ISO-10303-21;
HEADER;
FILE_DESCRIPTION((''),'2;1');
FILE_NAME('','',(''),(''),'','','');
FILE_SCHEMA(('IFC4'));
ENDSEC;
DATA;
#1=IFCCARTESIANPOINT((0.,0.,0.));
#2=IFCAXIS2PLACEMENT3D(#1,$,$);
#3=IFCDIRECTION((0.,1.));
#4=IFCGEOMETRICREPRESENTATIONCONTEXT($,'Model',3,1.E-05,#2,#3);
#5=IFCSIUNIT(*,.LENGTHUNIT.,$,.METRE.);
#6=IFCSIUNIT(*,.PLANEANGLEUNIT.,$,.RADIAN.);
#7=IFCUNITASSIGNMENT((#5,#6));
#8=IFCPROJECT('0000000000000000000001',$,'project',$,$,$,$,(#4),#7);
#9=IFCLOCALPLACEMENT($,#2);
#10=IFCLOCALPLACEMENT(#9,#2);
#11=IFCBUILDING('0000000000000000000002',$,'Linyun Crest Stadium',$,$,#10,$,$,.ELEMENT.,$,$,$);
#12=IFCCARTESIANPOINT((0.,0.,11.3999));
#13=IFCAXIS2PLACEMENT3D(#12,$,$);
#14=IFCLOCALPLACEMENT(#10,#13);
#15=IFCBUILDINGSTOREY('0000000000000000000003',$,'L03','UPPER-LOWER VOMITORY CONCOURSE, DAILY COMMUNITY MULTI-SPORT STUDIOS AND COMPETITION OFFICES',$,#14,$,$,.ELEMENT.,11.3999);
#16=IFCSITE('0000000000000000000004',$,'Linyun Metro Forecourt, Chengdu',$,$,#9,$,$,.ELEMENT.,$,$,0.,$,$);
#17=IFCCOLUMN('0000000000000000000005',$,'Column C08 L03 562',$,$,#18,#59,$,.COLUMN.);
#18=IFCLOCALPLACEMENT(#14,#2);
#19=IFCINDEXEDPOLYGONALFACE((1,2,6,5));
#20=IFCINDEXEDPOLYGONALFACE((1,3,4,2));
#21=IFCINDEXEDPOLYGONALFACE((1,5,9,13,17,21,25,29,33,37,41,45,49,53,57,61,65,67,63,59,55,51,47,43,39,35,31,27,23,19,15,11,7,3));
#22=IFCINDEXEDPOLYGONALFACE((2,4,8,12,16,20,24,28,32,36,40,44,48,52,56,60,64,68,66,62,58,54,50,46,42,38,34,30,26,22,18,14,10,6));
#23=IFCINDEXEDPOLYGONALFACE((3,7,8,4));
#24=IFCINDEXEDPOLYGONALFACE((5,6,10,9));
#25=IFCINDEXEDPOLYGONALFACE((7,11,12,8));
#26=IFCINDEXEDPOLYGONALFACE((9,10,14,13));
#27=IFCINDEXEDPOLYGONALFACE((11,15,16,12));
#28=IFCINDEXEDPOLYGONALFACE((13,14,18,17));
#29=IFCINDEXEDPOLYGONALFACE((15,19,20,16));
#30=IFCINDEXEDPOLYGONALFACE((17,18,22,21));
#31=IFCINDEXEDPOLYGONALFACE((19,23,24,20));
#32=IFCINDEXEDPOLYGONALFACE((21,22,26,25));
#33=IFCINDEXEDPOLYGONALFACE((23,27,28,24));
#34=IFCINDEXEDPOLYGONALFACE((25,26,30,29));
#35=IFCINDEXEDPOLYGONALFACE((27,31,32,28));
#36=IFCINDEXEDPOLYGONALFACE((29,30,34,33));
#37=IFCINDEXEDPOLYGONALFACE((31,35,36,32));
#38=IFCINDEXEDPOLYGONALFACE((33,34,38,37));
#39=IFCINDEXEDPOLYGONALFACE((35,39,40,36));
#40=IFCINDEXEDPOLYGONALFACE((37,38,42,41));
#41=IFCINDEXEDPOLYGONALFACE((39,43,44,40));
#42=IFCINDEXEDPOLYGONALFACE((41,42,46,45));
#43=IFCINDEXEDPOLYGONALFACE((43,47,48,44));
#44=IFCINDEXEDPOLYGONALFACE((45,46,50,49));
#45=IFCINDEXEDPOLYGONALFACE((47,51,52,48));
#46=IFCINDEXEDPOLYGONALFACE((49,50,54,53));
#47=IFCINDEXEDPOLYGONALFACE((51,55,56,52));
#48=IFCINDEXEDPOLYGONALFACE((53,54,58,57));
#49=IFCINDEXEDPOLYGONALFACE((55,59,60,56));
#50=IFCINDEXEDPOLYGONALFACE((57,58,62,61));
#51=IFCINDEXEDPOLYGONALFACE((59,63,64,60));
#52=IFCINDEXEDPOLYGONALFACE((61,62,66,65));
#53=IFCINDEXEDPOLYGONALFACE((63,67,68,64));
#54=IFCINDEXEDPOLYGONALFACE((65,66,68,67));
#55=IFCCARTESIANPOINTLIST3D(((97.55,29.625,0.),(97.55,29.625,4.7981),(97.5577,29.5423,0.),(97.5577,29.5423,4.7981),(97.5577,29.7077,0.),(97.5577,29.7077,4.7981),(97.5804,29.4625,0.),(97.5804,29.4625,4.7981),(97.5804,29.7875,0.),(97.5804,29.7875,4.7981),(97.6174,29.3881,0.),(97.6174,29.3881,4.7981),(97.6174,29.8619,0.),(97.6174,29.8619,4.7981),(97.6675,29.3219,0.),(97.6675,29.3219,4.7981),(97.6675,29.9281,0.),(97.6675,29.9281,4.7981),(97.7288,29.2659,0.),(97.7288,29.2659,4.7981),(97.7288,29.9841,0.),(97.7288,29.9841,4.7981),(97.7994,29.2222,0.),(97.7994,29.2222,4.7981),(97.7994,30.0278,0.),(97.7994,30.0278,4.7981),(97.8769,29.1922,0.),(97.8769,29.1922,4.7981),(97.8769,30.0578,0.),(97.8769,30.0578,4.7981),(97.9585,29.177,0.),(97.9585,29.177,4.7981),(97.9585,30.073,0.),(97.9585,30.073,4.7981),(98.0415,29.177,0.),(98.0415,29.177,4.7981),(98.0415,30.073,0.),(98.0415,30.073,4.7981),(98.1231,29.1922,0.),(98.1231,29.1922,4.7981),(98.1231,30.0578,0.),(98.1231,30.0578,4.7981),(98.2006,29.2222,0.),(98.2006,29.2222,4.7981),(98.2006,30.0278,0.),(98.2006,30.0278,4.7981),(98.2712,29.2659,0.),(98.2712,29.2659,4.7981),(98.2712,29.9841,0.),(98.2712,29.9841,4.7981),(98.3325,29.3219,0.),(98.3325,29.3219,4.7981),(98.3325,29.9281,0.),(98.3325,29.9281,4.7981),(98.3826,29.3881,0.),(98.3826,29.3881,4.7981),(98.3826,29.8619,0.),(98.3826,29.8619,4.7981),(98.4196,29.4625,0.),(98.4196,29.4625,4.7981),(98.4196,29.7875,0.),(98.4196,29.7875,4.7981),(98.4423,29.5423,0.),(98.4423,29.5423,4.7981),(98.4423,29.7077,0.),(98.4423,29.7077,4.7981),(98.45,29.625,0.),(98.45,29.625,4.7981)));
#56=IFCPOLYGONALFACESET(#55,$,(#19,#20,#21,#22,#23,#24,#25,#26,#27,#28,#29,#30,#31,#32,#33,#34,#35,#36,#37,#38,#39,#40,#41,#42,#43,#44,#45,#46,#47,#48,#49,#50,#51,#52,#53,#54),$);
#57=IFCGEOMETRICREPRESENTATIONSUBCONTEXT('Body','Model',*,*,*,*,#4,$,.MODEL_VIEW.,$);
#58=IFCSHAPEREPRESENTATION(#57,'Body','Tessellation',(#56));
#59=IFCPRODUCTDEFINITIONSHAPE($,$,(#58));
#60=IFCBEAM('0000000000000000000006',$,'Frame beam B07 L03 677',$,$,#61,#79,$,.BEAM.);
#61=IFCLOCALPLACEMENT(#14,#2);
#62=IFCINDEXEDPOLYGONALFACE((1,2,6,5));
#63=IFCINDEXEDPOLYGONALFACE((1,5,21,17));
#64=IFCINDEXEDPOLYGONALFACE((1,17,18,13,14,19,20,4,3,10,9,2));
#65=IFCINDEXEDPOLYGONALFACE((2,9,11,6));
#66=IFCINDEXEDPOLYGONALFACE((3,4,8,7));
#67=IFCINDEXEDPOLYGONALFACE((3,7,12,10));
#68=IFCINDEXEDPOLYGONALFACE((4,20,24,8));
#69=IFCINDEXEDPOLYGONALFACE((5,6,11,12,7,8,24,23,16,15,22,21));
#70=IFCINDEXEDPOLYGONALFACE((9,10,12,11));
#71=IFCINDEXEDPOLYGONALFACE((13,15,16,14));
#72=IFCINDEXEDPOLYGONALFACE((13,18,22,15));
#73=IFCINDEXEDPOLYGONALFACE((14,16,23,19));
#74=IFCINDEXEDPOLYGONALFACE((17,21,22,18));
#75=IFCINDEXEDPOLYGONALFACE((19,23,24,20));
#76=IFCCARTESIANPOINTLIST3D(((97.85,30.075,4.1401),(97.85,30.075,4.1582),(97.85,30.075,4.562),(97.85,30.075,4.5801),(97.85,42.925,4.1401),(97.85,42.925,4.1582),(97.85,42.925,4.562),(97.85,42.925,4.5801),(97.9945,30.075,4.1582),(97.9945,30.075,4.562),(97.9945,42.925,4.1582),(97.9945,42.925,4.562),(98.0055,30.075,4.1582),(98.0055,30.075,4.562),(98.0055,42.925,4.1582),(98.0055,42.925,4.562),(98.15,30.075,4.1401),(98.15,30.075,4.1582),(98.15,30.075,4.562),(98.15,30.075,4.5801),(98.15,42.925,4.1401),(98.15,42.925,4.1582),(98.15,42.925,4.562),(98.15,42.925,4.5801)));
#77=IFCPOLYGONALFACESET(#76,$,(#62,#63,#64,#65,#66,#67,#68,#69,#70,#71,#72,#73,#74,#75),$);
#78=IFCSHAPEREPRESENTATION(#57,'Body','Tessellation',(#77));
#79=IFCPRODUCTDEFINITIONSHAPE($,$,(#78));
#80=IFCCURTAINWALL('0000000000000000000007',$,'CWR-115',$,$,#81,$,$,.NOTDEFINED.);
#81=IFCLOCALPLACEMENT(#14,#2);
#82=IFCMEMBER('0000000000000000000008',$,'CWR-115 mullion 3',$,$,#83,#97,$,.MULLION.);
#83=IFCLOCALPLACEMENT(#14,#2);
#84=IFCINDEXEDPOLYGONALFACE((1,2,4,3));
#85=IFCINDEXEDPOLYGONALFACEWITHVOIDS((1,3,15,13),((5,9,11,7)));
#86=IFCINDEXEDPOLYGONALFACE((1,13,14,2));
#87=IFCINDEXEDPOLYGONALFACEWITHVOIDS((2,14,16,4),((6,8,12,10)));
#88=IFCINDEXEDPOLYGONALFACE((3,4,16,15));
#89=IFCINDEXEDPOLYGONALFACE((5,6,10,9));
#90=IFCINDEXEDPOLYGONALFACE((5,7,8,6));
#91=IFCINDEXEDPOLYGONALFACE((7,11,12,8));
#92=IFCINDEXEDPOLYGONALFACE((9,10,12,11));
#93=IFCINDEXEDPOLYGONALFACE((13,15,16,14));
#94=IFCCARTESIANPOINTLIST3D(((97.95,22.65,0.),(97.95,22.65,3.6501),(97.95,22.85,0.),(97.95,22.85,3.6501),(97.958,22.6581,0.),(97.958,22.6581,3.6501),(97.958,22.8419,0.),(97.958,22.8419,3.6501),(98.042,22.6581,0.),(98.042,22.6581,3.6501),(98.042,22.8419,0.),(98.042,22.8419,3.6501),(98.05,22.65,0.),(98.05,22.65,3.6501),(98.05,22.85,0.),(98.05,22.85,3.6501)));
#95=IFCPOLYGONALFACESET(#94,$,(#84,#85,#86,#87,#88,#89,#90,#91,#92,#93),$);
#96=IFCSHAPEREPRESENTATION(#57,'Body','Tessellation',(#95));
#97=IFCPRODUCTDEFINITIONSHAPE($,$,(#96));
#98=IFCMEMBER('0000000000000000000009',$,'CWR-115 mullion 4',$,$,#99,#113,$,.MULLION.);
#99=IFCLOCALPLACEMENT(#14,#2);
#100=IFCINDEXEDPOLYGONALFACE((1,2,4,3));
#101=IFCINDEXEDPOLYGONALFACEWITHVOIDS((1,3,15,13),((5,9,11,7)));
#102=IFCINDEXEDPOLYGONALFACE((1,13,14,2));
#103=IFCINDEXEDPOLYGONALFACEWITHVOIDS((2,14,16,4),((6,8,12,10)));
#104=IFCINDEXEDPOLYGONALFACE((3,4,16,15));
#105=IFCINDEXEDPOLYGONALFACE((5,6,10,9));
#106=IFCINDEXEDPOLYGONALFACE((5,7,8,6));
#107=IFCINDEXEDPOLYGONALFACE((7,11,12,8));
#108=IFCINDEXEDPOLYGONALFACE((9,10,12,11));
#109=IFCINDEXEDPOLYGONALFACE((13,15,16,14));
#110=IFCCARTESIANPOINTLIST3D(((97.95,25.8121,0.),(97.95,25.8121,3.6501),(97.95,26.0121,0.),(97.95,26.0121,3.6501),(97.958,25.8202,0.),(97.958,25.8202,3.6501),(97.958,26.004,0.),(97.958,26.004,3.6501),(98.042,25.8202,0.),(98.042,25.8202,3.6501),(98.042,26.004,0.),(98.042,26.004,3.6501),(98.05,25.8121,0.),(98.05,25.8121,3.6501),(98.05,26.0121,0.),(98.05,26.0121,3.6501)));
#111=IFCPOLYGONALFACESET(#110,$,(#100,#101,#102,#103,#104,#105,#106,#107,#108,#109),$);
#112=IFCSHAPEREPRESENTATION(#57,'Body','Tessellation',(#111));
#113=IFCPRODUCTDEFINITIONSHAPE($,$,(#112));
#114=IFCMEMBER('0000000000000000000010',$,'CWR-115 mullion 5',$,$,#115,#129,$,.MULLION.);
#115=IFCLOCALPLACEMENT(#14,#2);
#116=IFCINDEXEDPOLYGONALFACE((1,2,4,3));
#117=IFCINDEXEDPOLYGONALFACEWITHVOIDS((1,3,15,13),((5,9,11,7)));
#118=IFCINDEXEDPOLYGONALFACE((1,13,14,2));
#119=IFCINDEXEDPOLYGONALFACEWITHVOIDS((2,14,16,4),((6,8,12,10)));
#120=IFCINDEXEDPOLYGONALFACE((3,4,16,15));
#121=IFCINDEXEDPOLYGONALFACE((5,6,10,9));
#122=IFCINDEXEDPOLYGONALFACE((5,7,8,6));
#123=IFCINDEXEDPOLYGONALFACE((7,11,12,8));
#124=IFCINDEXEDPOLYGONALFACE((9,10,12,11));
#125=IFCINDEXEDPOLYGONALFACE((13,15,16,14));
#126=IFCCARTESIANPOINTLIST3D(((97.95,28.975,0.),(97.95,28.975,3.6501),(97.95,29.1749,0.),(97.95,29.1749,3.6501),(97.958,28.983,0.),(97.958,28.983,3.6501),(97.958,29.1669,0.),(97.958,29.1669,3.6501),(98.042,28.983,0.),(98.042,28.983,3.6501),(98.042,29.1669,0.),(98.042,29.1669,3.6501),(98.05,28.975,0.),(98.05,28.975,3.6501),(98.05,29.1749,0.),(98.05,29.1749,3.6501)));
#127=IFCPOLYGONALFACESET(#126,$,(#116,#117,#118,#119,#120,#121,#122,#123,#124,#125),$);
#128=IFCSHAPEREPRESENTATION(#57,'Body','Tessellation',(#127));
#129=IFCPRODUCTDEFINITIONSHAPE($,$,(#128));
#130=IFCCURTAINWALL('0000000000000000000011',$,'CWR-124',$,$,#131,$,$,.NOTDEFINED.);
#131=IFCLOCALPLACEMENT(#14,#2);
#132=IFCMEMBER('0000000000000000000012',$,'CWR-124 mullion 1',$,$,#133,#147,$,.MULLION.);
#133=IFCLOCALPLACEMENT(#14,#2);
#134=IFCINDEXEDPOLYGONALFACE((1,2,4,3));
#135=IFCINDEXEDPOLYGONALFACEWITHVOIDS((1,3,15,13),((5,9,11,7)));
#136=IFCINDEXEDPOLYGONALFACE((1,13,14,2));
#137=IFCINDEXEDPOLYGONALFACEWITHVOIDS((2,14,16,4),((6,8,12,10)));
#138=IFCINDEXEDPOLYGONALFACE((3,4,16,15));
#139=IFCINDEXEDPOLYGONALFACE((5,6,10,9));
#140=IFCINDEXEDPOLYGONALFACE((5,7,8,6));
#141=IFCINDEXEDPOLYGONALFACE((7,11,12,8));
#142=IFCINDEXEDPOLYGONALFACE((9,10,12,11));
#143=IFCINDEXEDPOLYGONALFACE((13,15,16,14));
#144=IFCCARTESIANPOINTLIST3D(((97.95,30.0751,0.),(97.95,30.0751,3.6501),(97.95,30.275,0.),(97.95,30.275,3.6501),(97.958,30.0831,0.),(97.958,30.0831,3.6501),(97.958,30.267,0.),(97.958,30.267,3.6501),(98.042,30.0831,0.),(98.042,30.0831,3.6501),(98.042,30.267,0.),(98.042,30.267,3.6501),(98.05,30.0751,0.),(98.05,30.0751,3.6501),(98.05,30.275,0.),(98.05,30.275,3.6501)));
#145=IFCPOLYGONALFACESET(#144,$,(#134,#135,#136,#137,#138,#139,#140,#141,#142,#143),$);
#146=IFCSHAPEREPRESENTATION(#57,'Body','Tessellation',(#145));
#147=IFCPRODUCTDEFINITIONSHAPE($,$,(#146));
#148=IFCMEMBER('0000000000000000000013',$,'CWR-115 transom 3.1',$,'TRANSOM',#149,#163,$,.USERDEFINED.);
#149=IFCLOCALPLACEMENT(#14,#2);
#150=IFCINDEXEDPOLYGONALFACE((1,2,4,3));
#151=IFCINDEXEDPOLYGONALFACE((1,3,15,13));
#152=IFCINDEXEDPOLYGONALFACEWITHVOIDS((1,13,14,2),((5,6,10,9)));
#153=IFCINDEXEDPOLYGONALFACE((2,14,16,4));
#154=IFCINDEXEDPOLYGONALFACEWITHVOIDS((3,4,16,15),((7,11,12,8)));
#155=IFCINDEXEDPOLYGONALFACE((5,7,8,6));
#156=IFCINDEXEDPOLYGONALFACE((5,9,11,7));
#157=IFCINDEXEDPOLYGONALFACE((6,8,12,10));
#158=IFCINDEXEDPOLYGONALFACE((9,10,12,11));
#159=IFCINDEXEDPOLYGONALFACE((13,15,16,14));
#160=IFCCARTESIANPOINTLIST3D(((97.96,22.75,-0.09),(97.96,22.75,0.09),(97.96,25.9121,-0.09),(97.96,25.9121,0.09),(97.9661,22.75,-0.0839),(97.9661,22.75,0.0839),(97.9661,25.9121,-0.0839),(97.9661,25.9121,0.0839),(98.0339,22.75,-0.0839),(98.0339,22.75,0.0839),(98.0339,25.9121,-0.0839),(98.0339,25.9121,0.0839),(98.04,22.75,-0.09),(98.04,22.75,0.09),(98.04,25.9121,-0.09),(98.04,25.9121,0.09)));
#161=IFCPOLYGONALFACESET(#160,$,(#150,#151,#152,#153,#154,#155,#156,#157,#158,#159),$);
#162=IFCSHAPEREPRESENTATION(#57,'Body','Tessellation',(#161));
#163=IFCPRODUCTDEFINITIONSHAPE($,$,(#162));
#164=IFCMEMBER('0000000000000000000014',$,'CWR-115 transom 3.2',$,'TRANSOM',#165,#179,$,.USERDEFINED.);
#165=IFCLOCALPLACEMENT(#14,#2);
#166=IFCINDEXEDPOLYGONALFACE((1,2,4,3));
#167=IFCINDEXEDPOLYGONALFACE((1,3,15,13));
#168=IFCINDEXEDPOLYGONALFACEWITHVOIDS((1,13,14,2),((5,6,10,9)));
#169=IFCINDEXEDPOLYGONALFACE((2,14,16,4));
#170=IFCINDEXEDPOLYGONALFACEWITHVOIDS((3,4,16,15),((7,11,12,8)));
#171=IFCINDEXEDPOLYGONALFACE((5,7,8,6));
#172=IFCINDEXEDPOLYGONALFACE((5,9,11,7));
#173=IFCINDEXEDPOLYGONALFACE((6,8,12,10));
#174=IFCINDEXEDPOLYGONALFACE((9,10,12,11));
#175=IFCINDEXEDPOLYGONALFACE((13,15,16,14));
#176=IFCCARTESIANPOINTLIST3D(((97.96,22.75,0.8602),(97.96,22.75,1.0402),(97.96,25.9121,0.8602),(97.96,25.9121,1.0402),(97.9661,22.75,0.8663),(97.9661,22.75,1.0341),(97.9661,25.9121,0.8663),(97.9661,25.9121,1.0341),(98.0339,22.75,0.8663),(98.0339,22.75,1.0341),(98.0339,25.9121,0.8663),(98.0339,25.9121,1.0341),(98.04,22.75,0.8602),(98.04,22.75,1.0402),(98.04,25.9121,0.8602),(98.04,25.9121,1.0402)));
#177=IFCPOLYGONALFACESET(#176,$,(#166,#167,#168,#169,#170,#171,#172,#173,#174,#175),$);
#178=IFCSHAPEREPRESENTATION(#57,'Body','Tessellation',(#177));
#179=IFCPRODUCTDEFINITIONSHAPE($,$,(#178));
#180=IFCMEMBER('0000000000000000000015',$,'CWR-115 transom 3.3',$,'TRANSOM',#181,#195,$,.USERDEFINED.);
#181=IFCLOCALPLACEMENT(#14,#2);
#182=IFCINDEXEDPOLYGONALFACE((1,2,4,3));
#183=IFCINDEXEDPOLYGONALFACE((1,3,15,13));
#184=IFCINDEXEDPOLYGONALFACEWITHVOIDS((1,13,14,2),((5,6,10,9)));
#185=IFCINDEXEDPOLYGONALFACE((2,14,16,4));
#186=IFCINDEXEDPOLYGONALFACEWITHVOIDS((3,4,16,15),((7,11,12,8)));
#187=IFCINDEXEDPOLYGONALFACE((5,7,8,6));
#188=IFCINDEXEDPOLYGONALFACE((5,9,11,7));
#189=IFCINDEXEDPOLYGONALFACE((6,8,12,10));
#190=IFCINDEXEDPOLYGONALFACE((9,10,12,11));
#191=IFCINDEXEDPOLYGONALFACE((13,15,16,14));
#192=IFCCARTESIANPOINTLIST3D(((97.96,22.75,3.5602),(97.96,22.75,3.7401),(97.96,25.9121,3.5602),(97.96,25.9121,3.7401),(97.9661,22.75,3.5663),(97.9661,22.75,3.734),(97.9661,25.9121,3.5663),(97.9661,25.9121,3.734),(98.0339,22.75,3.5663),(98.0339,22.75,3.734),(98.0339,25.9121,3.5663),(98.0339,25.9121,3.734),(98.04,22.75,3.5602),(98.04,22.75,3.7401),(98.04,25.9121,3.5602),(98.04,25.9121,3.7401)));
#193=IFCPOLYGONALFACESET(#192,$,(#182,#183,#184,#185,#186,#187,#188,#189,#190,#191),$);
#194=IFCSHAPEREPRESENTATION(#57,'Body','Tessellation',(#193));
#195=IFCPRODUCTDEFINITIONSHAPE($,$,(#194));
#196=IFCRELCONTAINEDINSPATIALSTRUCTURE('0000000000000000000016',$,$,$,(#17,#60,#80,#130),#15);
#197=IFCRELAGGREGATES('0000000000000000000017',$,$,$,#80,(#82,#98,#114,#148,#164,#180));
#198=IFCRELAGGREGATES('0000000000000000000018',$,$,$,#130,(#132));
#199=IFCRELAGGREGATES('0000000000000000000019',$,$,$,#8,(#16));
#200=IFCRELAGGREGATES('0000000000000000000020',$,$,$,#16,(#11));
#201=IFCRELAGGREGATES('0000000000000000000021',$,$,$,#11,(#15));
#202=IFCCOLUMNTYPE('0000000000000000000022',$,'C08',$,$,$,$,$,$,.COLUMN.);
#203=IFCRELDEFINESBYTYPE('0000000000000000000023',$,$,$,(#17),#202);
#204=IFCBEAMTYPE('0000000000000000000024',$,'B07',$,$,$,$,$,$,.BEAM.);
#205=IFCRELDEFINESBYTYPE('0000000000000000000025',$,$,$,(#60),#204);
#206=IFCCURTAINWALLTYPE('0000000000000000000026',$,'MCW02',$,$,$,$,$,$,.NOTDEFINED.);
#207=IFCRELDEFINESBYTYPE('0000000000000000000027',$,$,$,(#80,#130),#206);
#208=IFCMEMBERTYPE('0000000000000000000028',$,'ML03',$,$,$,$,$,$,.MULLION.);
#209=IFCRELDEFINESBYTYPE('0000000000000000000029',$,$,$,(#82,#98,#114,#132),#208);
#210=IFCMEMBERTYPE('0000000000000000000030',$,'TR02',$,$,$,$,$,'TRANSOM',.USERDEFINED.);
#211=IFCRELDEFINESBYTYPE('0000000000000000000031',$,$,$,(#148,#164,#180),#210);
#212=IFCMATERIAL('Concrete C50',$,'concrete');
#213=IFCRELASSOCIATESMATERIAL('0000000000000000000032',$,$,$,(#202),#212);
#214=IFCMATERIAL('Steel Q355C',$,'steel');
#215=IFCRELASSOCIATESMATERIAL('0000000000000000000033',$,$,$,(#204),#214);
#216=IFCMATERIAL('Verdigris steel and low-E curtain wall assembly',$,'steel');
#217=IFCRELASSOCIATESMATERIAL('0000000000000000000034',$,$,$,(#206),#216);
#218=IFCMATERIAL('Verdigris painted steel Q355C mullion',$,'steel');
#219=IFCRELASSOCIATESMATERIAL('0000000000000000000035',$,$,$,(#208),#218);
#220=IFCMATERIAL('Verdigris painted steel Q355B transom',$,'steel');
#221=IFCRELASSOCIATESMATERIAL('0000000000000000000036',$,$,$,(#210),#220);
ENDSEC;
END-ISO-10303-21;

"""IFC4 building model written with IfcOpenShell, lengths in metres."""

from ifc_helpers import new_model, si_unit, direction, frame, origin, origin_2d, place, context, subcontext, project, spatial, hollow_rectangle, circle, i_section, extrude, material, material_profile, profile_set, type_object, element, aggregate, save


model = new_model("IFC4")

# Units and contexts
model_context = context("Model", 3, precision=1e-05, world=origin(), true_north=direction((0.0, 1.0)))
body_context = subcontext(model_context, "Body", "Model", "MODEL_VIEW")
ifc_project = project(units=[si_unit("LENGTHUNIT", "METRE"), si_unit("PLANEANGLEUNIT", "RADIAN")], contexts=[model_context])

# Site, building, storey
site_placement = place(None, origin())
site = spatial("IfcSite", under=ifc_project, at=site_placement, Name="Linyun Metro Forecourt, Chengdu", CompositionType="ELEMENT", RefElevation=0.0)
building_placement = place(site_placement, origin())
building = spatial("IfcBuilding", under=site, at=building_placement, Name="Linyun Crest Stadium", CompositionType="ELEMENT")
storey_placement = place(building_placement, frame((0.0, 0.0, 11.3999)))
storey = spatial("IfcBuildingStorey", under=building, at=storey_placement, Name="L03", Description="UPPER-LOWER VOMITORY CONCOURSE, DAILY COMMUNITY MULTI-SPORT STUDIOS AND COMPETITION OFFICES", CompositionType="ELEMENT", Elevation=11.3999)

# Column
ifc_material_1 = material(Name="Concrete C50", Category="concrete")
ifc_material_profile_1 = material_profile(ifc_material_1, circle(Radius=0.45, at=origin_2d()), Name="RC D900")
ifc_profile_set_1 = profile_set([ifc_material_profile_1], Name="Concrete C50")
column_type = type_object("IfcColumnType", Name="C08", PredefinedType="COLUMN", material=ifc_profile_set_1)
column_placement = place(storey_placement, frame((98.0, 29.625, 0.0), z_axis=(0.0, 0.0, 1.0), x_axis=(1.0, 0.0, 0.0)))
element("IfcColumn", 1, at=column_placement, inside=storey, type_object=column_type, Name="Column C08 L03 562", PredefinedType="COLUMN", context=body_context, shape_type="SweptSolid", body=[
    extrude(circle(Radius=0.45, at=origin_2d()), origin(), (0.0, 0.0, 1.0), 4.7981),
])

# Beam
ifc_material_2 = material(Name="Steel Q355C", Category="steel")
ifc_material_profile_2 = material_profile(ifc_material_2, i_section(OverallWidth=0.3, OverallDepth=0.4399, WebThickness=0.011, FlangeThickness=0.0181, at=origin_2d()), Name="HM 440x300")
ifc_profile_set_2 = profile_set([ifc_material_profile_2], Name="Steel Q355C")
beam_type = type_object("IfcBeamType", Name="B07", PredefinedType="BEAM", material=ifc_profile_set_2)
beam_placement = place(storey_placement, frame((98.0, 30.075, 4.3601), z_axis=(0.0, 1.0, 0.0), x_axis=(-1.0, 0.0, 0.0)))
element("IfcBeam", 2, at=beam_placement, inside=storey, type_object=beam_type, Name="Frame beam B07 L03 677", PredefinedType="BEAM", context=body_context, shape_type="SweptSolid", body=[
    extrude(i_section(OverallWidth=0.3, OverallDepth=0.4399, WebThickness=0.011, FlangeThickness=0.0181, at=origin_2d()), origin(), (0.0, 0.0, 1.0), 12.8501),
])

# Curtain wall, members
ifc_material_3 = material(Name="Verdigris steel and low-E curtain wall assembly", Category="steel")
curtain_wall_type = type_object("IfcCurtainWallType", Name="MCW02", PredefinedType="NOTDEFINED", material=ifc_material_3)
curtain_wall_1_placement = place(storey_placement, origin())
curtain_wall_1 = element("IfcCurtainWall", 3, at=curtain_wall_1_placement, inside=storey, type_object=curtain_wall_type, Name="CWR-115", PredefinedType="NOTDEFINED")
ifc_material_4 = material(Name="Verdigris painted steel Q355C mullion", Category="steel")
ifc_material_profile_3 = material_profile(ifc_material_4, hollow_rectangle(XDim=0.1001, YDim=0.2, WallThickness=0.0081, at=origin_2d()), Name="RHS 200x100x8")
ifc_profile_set_3 = profile_set([ifc_material_profile_3], Name="Verdigris painted steel Q355C mullion")
member_type_1 = type_object("IfcMemberType", Name="ML03", PredefinedType="MULLION", material=ifc_profile_set_3)
member_1_placement = place(storey_placement, frame((98.0, 22.75, 0.0), z_axis=(0.0, 0.0, 1.0), x_axis=(-1.0, 0.0, 0.0)))
member_1 = element("IfcMember", 4, at=member_1_placement, type_object=member_type_1, Name="CWR-115 mullion 3", PredefinedType="MULLION", context=body_context, shape_type="SweptSolid", body=[
    extrude(hollow_rectangle(XDim=0.1001, YDim=0.2, WallThickness=0.0081, at=origin_2d()), origin(), (0.0, 0.0, 1.0), 3.6501),
])
member_2_placement = place(storey_placement, frame((98.0, 25.9121, 0.0), z_axis=(0.0, 0.0, 1.0), x_axis=(-1.0, 0.0, 0.0)))
member_2 = element("IfcMember", 5, at=member_2_placement, type_object=member_type_1, Name="CWR-115 mullion 4", PredefinedType="MULLION", context=body_context, shape_type="SweptSolid", body=[
    extrude(hollow_rectangle(XDim=0.1001, YDim=0.2, WallThickness=0.0081, at=origin_2d()), origin(), (0.0, 0.0, 1.0), 3.6501),
])
member_3_placement = place(storey_placement, frame((98.0, 29.075, 0.0), z_axis=(0.0, 0.0, 1.0), x_axis=(-1.0, 0.0, 0.0)))
member_3 = element("IfcMember", 6, at=member_3_placement, type_object=member_type_1, Name="CWR-115 mullion 5", PredefinedType="MULLION", context=body_context, shape_type="SweptSolid", body=[
    extrude(hollow_rectangle(XDim=0.1001, YDim=0.2, WallThickness=0.0081, at=origin_2d()), origin(), (0.0, 0.0, 1.0), 3.6501),
])

# Curtain wall, member
curtain_wall_2_placement = place(storey_placement, origin())
curtain_wall_2 = element("IfcCurtainWall", 7, at=curtain_wall_2_placement, inside=storey, type_object=curtain_wall_type, Name="CWR-124", PredefinedType="NOTDEFINED")
member_4_placement = place(storey_placement, frame((98.0, 30.175, 0.0), z_axis=(0.0, 0.0, 1.0), x_axis=(-1.0, 0.0, 0.0)))
member_4 = element("IfcMember", 8, at=member_4_placement, type_object=member_type_1, Name="CWR-124 mullion 1", PredefinedType="MULLION", context=body_context, shape_type="SweptSolid", body=[
    extrude(hollow_rectangle(XDim=0.1001, YDim=0.2, WallThickness=0.0081, at=origin_2d()), origin(), (0.0, 0.0, 1.0), 3.6501),
])

# Members
ifc_material_5 = material(Name="Verdigris painted steel Q355B transom", Category="steel")
ifc_material_profile_4 = material_profile(ifc_material_5, hollow_rectangle(XDim=0.0801, YDim=0.1799, WallThickness=0.0061, at=origin_2d()), Name="RHS 180x80x6")
ifc_profile_set_4 = profile_set([ifc_material_profile_4], Name="Verdigris painted steel Q355B transom")
member_type_2 = type_object("IfcMemberType", Name="TR02", ElementType="TRANSOM", PredefinedType="USERDEFINED", material=ifc_profile_set_4)
member_5_placement = place(storey_placement, frame((98.0, 22.75, 0.0), z_axis=(0.0, 1.0, 0.0), x_axis=(-1.0, 0.0, 0.0)))
member_5 = element("IfcMember", 9, at=member_5_placement, type_object=member_type_2, Name="CWR-115 transom 3.1", ObjectType="TRANSOM", PredefinedType="USERDEFINED", context=body_context, shape_type="SweptSolid", body=[
    extrude(hollow_rectangle(XDim=0.0801, YDim=0.1799, WallThickness=0.0061, at=origin_2d()), origin(), (0.0, 0.0, 1.0), 3.1621),
])
member_6_placement = place(storey_placement, frame((98.0, 22.75, 0.9502), z_axis=(0.0, 1.0, 0.0), x_axis=(-1.0, 0.0, 0.0)))
member_6 = element("IfcMember", 10, at=member_6_placement, type_object=member_type_2, Name="CWR-115 transom 3.2", ObjectType="TRANSOM", PredefinedType="USERDEFINED", context=body_context, shape_type="SweptSolid", body=[
    extrude(hollow_rectangle(XDim=0.0801, YDim=0.1799, WallThickness=0.0061, at=origin_2d()), origin(), (0.0, 0.0, 1.0), 3.1621),
])
member_7_placement = place(storey_placement, frame((98.0, 22.75, 3.6501), z_axis=(0.0, 1.0, 0.0), x_axis=(-1.0, 0.0, 0.0)))
member_7 = element("IfcMember", 11, at=member_7_placement, type_object=member_type_2, Name="CWR-115 transom 3.3", ObjectType="TRANSOM", PredefinedType="USERDEFINED", context=body_context, shape_type="SweptSolid", body=[
    extrude(hollow_rectangle(XDim=0.0801, YDim=0.1799, WallThickness=0.0061, at=origin_2d()), origin(), (0.0, 0.0, 1.0), 3.1621),
])

aggregate(curtain_wall_1, [member_1, member_2, member_3, member_5, member_6, member_7])
aggregate(curtain_wall_2, [member_4])

save(model, "model.ifc")
